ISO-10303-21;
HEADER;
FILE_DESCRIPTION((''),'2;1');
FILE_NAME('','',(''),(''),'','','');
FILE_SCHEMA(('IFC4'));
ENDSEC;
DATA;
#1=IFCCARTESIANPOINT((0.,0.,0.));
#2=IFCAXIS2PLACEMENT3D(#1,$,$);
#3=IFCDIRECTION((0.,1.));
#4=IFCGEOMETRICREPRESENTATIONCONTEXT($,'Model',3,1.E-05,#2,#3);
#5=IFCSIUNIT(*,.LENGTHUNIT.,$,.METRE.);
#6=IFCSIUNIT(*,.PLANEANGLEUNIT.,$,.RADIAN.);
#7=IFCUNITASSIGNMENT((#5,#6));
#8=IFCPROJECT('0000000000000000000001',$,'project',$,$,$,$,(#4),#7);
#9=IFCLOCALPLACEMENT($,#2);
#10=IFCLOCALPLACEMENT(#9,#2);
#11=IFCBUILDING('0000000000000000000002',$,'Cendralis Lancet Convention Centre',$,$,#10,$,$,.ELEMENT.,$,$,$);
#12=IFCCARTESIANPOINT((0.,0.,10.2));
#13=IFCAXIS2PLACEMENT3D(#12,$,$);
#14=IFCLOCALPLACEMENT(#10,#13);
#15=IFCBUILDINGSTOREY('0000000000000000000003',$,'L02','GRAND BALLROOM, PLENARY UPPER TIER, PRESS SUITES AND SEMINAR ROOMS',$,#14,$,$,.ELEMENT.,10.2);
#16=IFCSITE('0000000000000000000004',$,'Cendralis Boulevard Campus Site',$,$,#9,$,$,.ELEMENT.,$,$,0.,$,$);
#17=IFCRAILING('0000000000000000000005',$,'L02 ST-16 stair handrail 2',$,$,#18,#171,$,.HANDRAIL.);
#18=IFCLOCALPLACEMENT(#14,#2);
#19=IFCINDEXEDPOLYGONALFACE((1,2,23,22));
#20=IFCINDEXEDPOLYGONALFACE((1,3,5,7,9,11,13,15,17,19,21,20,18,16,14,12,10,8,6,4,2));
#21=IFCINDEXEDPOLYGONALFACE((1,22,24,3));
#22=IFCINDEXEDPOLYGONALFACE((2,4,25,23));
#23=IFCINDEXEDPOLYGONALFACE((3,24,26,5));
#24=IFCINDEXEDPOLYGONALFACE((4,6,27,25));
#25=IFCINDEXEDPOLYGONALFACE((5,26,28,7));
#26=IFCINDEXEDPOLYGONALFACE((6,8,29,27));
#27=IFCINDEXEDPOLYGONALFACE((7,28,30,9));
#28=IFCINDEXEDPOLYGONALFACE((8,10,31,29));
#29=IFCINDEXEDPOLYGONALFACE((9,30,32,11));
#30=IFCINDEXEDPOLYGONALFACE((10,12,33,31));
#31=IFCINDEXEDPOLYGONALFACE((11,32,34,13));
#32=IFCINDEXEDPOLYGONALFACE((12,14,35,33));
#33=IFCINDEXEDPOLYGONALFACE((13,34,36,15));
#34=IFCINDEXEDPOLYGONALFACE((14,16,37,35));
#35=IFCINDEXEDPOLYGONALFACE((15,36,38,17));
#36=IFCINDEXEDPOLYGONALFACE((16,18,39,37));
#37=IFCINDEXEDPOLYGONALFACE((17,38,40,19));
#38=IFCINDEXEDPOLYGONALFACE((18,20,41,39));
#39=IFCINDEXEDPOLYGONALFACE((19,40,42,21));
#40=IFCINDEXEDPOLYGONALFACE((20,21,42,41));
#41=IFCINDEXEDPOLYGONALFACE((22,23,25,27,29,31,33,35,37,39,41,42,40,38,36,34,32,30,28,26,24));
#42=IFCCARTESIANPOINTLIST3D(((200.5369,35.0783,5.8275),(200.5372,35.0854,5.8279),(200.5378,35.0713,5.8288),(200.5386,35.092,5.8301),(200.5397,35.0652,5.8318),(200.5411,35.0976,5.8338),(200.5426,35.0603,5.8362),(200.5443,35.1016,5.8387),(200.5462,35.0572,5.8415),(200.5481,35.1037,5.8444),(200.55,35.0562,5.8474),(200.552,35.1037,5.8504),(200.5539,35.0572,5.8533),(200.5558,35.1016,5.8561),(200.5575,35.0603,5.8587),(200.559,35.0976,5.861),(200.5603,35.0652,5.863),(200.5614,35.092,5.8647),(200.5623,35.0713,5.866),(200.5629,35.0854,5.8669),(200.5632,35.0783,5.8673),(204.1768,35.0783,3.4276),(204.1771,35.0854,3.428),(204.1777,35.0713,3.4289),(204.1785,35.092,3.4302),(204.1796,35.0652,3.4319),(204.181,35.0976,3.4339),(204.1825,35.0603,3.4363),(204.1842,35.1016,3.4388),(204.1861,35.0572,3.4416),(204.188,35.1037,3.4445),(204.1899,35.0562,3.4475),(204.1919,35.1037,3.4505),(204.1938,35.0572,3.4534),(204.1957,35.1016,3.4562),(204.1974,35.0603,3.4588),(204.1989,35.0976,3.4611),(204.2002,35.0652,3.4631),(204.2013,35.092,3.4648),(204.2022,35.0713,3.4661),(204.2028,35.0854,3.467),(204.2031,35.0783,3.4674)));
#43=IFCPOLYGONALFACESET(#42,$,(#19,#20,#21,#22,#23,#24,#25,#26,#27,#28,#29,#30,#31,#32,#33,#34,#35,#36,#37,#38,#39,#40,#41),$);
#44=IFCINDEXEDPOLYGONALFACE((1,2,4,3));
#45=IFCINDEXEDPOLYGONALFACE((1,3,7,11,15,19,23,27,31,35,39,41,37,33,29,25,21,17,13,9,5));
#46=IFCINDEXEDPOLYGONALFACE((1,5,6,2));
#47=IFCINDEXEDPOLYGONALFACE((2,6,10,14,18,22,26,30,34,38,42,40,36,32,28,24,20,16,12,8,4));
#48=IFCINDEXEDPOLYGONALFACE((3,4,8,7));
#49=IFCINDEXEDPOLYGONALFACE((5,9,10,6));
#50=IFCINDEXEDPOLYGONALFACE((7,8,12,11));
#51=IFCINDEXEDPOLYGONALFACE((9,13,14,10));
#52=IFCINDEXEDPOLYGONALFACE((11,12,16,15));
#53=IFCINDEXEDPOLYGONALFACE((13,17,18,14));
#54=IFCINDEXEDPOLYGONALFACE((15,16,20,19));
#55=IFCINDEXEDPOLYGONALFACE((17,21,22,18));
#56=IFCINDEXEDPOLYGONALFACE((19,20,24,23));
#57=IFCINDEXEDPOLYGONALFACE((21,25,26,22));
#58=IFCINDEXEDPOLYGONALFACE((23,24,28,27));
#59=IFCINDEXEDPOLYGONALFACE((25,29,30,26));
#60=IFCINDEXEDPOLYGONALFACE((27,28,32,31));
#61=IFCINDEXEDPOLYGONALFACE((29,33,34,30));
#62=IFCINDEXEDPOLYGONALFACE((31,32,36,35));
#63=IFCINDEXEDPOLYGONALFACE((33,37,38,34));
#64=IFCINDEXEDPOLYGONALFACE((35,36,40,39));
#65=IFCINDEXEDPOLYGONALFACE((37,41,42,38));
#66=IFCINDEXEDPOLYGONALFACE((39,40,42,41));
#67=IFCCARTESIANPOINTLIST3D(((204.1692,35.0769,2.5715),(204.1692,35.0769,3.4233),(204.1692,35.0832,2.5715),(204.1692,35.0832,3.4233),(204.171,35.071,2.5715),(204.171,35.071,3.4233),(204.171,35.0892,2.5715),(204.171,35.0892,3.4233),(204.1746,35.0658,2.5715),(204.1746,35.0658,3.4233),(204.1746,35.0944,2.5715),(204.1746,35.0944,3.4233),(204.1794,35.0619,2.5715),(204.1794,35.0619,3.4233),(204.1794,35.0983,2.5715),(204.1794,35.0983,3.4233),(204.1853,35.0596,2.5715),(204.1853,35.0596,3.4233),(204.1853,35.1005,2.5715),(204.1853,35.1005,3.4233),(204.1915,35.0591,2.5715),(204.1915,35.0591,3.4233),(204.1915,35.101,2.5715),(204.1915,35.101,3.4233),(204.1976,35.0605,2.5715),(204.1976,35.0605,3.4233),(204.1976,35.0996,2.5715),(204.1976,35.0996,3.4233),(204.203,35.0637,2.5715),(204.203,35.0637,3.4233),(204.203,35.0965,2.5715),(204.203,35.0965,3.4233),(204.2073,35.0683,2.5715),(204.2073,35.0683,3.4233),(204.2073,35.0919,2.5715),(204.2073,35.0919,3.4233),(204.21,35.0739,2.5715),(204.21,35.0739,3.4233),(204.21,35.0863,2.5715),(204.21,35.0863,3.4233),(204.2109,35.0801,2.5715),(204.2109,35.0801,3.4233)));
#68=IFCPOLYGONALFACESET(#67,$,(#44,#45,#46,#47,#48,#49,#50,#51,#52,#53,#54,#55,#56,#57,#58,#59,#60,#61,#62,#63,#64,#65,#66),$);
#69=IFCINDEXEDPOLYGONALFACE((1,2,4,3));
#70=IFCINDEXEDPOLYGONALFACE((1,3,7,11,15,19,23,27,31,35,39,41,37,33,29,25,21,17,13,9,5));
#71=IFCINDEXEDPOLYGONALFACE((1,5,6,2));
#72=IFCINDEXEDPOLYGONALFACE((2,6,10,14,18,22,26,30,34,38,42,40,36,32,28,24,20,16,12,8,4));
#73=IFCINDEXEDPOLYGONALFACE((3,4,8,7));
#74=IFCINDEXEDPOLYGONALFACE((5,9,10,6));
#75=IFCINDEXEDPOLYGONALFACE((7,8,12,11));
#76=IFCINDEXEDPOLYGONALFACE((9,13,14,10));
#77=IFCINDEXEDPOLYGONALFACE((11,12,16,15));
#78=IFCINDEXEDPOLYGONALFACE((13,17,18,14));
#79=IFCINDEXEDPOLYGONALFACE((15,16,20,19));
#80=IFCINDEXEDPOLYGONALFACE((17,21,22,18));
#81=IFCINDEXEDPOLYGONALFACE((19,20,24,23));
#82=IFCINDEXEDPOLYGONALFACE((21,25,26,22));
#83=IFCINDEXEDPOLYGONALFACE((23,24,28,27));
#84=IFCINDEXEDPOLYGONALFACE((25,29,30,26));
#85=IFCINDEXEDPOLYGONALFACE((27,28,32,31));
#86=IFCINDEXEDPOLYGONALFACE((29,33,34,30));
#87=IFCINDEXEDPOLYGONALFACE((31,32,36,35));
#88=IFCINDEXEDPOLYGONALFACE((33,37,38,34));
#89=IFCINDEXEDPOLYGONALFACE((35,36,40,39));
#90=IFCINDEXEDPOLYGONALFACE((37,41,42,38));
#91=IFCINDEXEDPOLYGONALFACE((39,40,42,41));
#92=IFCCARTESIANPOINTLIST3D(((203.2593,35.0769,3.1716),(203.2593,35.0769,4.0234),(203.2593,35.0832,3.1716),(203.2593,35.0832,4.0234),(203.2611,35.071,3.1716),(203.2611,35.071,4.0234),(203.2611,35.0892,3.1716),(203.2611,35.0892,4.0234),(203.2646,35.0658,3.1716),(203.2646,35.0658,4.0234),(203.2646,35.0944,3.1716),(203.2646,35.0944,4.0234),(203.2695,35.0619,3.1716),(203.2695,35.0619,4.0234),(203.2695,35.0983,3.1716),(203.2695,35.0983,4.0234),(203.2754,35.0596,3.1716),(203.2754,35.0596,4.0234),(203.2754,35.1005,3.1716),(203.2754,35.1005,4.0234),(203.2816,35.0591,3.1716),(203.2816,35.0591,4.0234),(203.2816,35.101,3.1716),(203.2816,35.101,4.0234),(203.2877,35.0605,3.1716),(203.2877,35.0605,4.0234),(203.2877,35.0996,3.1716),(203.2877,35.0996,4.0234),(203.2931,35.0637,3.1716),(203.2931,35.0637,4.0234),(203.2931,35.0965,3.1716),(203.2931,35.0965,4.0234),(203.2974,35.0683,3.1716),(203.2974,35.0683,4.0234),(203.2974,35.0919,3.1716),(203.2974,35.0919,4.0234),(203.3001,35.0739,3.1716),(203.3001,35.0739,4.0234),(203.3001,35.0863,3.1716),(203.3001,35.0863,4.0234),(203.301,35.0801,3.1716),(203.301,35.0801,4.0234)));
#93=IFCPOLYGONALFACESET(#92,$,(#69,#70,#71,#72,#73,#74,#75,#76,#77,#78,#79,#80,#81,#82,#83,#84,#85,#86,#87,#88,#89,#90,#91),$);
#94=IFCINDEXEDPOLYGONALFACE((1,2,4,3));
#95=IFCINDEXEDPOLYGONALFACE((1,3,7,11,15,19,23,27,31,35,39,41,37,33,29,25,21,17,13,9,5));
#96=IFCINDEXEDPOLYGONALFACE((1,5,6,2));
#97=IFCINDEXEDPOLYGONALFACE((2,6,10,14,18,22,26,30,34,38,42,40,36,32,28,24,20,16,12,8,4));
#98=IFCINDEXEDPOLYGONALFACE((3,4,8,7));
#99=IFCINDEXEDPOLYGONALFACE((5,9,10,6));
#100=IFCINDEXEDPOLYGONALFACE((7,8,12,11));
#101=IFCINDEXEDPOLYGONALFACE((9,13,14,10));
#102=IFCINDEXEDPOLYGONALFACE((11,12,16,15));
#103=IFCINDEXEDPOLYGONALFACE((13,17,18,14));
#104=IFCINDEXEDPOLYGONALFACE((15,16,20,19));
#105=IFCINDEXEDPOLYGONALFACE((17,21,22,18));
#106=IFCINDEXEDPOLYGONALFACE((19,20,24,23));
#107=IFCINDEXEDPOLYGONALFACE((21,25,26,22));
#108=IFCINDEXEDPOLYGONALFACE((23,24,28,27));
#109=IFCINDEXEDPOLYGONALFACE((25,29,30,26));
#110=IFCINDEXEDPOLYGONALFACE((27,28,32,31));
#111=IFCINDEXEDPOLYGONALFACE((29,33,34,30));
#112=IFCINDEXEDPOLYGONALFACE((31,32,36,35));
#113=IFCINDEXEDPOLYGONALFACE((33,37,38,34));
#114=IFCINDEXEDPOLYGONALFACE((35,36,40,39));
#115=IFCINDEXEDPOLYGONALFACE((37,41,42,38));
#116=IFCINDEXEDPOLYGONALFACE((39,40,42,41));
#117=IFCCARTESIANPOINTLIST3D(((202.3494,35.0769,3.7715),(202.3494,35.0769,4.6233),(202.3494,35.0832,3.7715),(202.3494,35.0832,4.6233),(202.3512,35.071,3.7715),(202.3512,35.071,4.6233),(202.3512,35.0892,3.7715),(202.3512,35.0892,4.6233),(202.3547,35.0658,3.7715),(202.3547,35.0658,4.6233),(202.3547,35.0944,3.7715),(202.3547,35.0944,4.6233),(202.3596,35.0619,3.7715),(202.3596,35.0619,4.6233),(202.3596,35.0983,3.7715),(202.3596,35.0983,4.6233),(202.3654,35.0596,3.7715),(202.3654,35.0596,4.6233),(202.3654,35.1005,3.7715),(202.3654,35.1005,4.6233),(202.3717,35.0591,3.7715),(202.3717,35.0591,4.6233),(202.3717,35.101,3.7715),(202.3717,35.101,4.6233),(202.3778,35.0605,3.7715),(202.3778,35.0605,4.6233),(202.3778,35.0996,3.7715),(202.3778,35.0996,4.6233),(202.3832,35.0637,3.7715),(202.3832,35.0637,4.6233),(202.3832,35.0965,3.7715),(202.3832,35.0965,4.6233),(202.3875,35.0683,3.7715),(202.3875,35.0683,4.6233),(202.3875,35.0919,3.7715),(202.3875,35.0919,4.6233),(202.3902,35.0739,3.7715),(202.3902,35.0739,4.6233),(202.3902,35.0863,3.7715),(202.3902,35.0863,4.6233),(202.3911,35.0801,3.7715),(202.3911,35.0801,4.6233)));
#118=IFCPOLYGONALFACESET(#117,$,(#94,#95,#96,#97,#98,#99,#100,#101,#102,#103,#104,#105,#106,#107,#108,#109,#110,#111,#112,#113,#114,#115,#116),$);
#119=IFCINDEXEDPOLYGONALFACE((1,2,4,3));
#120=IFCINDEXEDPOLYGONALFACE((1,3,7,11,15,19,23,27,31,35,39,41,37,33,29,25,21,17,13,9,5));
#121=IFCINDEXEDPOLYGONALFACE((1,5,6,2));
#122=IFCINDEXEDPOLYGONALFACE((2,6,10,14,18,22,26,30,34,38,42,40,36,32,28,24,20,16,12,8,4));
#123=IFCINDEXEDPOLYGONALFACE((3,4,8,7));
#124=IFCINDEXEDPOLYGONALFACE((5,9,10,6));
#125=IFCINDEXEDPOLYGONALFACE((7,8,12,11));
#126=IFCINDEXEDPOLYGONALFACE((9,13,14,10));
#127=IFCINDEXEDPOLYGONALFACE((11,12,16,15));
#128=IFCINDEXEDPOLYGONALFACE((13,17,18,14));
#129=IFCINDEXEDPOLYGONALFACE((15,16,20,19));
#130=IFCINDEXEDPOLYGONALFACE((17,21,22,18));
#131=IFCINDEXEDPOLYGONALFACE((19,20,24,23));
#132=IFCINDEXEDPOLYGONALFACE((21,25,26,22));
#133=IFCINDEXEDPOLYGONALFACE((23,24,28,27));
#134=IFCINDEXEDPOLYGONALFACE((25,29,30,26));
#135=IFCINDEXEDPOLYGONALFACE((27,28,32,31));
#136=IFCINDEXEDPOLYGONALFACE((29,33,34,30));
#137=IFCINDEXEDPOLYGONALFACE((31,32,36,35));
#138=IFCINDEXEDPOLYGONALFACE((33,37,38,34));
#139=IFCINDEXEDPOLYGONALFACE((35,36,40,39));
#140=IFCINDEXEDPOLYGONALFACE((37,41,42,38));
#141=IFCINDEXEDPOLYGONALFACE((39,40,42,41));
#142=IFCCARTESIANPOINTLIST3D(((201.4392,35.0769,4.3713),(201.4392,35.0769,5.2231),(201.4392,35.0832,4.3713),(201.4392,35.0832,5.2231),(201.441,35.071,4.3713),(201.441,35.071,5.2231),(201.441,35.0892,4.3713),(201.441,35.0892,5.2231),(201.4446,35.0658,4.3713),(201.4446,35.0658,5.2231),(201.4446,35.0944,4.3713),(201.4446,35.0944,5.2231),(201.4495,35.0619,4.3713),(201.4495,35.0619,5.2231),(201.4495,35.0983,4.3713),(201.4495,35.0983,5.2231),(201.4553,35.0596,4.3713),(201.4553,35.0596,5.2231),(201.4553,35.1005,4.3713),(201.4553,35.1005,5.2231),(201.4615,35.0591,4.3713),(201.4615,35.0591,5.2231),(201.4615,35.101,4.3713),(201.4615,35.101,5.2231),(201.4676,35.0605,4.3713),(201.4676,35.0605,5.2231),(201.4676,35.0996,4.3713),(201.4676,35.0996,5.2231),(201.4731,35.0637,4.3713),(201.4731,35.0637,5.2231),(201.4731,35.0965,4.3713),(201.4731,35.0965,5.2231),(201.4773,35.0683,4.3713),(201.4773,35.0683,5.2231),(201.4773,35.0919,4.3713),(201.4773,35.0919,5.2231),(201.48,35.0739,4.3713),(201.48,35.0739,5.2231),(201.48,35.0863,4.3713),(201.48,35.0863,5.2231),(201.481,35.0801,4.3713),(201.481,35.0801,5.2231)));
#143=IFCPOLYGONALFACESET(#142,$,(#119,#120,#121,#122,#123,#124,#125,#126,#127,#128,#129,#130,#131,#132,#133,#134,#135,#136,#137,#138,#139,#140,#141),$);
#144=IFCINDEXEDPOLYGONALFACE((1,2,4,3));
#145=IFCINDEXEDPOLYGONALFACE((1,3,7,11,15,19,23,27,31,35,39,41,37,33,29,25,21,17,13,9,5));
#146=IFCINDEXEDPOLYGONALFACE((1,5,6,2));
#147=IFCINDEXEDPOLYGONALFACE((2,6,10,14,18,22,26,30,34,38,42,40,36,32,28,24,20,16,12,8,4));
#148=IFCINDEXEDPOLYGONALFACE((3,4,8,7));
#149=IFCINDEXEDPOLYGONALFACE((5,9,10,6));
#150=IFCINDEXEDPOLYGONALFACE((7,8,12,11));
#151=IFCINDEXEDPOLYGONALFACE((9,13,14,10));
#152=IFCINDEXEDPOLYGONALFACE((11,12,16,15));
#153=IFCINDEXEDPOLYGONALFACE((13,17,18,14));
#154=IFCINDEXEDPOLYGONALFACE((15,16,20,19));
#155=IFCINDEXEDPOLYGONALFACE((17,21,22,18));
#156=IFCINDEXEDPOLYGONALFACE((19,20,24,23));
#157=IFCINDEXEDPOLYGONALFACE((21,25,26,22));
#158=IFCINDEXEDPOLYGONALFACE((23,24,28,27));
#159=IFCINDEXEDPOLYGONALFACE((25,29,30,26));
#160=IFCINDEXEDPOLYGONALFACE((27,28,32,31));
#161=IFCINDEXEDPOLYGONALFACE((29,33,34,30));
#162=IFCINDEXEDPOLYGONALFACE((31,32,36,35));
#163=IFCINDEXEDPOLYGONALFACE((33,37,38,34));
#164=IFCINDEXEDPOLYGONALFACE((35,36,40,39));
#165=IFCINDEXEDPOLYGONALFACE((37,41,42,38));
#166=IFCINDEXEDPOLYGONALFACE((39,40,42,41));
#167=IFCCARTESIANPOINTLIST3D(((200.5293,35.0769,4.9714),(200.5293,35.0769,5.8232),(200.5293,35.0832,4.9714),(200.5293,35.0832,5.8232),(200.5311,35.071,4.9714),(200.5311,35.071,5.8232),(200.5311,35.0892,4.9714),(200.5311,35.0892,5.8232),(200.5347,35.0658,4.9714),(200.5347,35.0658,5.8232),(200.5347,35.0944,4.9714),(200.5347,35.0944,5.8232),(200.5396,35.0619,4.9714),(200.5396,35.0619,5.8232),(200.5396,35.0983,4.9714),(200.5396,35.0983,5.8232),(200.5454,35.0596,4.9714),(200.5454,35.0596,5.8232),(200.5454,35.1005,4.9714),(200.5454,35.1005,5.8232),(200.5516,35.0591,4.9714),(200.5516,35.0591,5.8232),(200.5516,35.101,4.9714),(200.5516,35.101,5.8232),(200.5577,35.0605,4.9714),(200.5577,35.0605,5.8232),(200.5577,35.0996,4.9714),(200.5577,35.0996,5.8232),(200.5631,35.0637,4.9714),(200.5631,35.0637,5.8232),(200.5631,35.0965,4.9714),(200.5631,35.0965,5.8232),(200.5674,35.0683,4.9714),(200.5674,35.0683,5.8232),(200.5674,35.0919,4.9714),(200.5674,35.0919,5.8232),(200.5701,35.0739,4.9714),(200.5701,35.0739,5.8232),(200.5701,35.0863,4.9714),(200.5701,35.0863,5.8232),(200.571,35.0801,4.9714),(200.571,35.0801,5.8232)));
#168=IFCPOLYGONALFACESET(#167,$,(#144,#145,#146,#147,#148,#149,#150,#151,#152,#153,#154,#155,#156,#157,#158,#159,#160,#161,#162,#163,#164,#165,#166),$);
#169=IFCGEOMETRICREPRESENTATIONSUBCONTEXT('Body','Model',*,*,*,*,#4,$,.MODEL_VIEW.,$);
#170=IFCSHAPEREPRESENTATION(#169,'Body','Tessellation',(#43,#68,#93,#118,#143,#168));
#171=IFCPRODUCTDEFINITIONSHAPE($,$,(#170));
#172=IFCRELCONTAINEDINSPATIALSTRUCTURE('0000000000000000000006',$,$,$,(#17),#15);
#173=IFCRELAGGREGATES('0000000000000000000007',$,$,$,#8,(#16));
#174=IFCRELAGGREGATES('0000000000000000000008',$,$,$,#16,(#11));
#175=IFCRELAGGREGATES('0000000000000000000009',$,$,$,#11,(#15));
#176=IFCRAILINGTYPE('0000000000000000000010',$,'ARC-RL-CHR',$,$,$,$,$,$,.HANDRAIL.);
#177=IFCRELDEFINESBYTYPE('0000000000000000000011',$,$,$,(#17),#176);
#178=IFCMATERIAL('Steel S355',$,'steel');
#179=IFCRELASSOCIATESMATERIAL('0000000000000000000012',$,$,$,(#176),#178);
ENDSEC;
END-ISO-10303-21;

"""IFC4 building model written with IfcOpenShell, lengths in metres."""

from ifc_helpers import new_model, si_unit, direction, frame, origin, origin_2d, place, context, subcontext, project, spatial, circle, extrude, material, type_object, element, save


model = new_model("IFC4")

# Units and contexts
model_context = context("Model", 3, precision=1e-05, world=origin(), true_north=direction((0.0, 1.0)))
body_context = subcontext(model_context, "Body", "Model", "MODEL_VIEW")
ifc_project = project(units=[si_unit("LENGTHUNIT", "METRE"), si_unit("PLANEANGLEUNIT", "RADIAN")], contexts=[model_context])

# Site, building, storey
site_placement = place(None, origin())
site = spatial("IfcSite", under=ifc_project, at=site_placement, Name="Cendralis Boulevard Campus Site", CompositionType="ELEMENT", RefElevation=0.0)
building_placement = place(site_placement, origin())
building = spatial("IfcBuilding", under=site, at=building_placement, Name="Cendralis Lancet Convention Centre", CompositionType="ELEMENT")
storey_placement = place(building_placement, frame((0.0, 0.0, 10.2)))
storey = spatial("IfcBuildingStorey", under=building, at=storey_placement, Name="L02", Description="GRAND BALLROOM, PLENARY UPPER TIER, PRESS SUITES AND SEMINAR ROOMS", CompositionType="ELEMENT", Elevation=10.2)

# Shared definitions
ifc_material_1 = material(Name="Steel S355", Category="steel")

# Railing
railing_type_1 = type_object("IfcRailingType", Name="ARC-RL-CHR", PredefinedType="HANDRAIL", material=ifc_material_1)
railing_1_placement = place(storey_placement, frame((204.1899, 35.0801, 2.5715)))
element("IfcRailing", 1, at=railing_1_placement, inside=storey, type_object=railing_type_1, Name="L02 ST-16 stair handrail 2", PredefinedType="HANDRAIL", context=body_context, shape_type="SweptSolid", body=[
    extrude(circle(Radius=0.0239, at=origin_2d()), frame((0.0, 0.0, 0.876), z_axis=(-0.834865, 0.0, 0.550454), x_axis=(0.0, -1.0, 0.0)), (0.0, 0.0, 1.0), 4.3599),
    extrude(circle(Radius=0.021, at=origin_2d()), origin(), (0.0, 0.0, 1.0), 0.8518),
    extrude(circle(Radius=0.021, at=origin_2d()), frame((-0.9099, 0.0, 0.6001)), (0.0, 0.0, 1.0), 0.8518),
    extrude(circle(Radius=0.021, at=origin_2d()), frame((-1.8198, 0.0, 1.2)), (0.0, 0.0, 1.0), 0.8518),
    extrude(circle(Radius=0.021, at=origin_2d()), frame((-2.73, 0.0, 1.7998)), (0.0, 0.0, 1.0), 0.8518),
    extrude(circle(Radius=0.021, at=origin_2d()), frame((-3.6399, 0.0, 2.3999)), (0.0, 0.0, 1.0), 0.8518),
])

save(model, "model.ifc")
